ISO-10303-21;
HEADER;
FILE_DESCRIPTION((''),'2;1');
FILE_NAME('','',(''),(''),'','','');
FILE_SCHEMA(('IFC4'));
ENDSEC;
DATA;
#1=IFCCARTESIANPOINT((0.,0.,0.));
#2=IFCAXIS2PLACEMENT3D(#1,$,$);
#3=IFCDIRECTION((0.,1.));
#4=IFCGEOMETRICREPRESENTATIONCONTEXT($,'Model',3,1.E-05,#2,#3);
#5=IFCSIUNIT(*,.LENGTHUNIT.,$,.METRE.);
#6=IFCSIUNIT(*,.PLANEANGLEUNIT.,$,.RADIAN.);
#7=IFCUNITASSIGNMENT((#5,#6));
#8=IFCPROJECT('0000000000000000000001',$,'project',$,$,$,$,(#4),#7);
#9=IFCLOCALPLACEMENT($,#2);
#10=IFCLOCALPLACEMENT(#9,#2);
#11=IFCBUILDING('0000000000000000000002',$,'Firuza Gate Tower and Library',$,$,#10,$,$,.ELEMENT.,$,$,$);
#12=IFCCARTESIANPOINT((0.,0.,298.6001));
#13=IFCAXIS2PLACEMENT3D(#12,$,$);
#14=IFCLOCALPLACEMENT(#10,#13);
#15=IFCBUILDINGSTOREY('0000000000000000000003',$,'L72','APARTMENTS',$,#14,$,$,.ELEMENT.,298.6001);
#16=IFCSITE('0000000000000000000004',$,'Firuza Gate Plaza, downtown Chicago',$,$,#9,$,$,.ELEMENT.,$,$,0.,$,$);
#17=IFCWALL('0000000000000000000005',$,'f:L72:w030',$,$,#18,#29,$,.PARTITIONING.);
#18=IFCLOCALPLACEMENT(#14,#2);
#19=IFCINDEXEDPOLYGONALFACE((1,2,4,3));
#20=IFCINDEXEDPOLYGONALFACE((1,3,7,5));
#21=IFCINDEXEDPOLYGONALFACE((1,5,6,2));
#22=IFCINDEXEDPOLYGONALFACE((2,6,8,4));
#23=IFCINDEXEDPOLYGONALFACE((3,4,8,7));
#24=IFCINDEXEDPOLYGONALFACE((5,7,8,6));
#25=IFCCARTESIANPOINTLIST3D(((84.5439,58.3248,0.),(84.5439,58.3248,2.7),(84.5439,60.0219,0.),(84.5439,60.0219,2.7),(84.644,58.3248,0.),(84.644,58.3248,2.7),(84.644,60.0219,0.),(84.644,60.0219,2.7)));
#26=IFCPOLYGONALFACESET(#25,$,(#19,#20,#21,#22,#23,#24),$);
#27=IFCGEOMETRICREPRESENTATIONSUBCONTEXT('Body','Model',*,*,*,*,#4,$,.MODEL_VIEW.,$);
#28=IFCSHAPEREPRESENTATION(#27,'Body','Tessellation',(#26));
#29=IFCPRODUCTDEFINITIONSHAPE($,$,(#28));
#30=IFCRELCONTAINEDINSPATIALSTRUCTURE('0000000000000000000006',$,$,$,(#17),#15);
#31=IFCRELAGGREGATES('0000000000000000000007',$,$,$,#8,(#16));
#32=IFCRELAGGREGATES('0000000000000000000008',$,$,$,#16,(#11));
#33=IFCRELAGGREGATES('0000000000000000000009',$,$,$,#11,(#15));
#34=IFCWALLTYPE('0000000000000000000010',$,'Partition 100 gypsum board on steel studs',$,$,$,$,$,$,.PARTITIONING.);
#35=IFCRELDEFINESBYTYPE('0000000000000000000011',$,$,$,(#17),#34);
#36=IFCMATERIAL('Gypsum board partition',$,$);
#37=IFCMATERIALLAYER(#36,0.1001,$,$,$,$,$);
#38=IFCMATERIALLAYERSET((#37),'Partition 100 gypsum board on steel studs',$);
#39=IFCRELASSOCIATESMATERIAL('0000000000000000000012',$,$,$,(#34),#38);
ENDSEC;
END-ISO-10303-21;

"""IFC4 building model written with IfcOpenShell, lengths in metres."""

from ifc_helpers import new_model, si_unit, direction, frame, frame_2d, origin, place, context, subcontext, project, spatial, rectangle, extrude, material, layer, layer_set, type_object, element, save


model = new_model("IFC4")

# Units and contexts
model_context = context("Model", 3, precision=1e-05, world=origin(), true_north=direction((0.0, 1.0)))
body_context = subcontext(model_context, "Body", "Model", "MODEL_VIEW")
ifc_project = project(units=[si_unit("LENGTHUNIT", "METRE"), si_unit("PLANEANGLEUNIT", "RADIAN")], contexts=[model_context])

# Site, building, storey
site_placement = place(None, origin())
site = spatial("IfcSite", under=ifc_project, at=site_placement, Name="Firuza Gate Plaza, downtown Chicago", CompositionType="ELEMENT", RefElevation=0.0)
building_placement = place(site_placement, origin())
building = spatial("IfcBuilding", under=site, at=building_placement, Name="Firuza Gate Tower and Library", CompositionType="ELEMENT")
storey_placement = place(building_placement, frame((0.0, 0.0, 298.6001)))
storey = spatial("IfcBuildingStorey", under=building, at=storey_placement, Name="L72", Description="APARTMENTS", CompositionType="ELEMENT", Elevation=298.6001)

# Wall
ifc_material_1 = material(Name="Gypsum board partition")
ifc_layer_1 = layer(ifc_material_1, 0.1001)
ifc_layer_set_1 = layer_set([ifc_layer_1], Name="Partition 100 gypsum board on steel studs")
wall_type = type_object("IfcWallType", Name="Partition 100 gypsum board on steel studs", PredefinedType="PARTITIONING", material=ifc_layer_set_1)
wall_placement = place(storey_placement, frame((84.594, 58.3247, 0.0), z_axis=(0.0, 0.0, 1.0), x_axis=(0.0, 1.0, 0.0)))
element("IfcWall", 1, at=wall_placement, inside=storey, type_object=wall_type, Name="f:L72:w030", PredefinedType="PARTITIONING", context=body_context, shape_type="SweptSolid", body=[
    extrude(rectangle(XDim=1.697, YDim=0.1001, at=frame_2d((0.8486, 0.0))), origin(), (0.0, 0.0, 1.0), 2.7),
])

save(model, "model.ifc")
